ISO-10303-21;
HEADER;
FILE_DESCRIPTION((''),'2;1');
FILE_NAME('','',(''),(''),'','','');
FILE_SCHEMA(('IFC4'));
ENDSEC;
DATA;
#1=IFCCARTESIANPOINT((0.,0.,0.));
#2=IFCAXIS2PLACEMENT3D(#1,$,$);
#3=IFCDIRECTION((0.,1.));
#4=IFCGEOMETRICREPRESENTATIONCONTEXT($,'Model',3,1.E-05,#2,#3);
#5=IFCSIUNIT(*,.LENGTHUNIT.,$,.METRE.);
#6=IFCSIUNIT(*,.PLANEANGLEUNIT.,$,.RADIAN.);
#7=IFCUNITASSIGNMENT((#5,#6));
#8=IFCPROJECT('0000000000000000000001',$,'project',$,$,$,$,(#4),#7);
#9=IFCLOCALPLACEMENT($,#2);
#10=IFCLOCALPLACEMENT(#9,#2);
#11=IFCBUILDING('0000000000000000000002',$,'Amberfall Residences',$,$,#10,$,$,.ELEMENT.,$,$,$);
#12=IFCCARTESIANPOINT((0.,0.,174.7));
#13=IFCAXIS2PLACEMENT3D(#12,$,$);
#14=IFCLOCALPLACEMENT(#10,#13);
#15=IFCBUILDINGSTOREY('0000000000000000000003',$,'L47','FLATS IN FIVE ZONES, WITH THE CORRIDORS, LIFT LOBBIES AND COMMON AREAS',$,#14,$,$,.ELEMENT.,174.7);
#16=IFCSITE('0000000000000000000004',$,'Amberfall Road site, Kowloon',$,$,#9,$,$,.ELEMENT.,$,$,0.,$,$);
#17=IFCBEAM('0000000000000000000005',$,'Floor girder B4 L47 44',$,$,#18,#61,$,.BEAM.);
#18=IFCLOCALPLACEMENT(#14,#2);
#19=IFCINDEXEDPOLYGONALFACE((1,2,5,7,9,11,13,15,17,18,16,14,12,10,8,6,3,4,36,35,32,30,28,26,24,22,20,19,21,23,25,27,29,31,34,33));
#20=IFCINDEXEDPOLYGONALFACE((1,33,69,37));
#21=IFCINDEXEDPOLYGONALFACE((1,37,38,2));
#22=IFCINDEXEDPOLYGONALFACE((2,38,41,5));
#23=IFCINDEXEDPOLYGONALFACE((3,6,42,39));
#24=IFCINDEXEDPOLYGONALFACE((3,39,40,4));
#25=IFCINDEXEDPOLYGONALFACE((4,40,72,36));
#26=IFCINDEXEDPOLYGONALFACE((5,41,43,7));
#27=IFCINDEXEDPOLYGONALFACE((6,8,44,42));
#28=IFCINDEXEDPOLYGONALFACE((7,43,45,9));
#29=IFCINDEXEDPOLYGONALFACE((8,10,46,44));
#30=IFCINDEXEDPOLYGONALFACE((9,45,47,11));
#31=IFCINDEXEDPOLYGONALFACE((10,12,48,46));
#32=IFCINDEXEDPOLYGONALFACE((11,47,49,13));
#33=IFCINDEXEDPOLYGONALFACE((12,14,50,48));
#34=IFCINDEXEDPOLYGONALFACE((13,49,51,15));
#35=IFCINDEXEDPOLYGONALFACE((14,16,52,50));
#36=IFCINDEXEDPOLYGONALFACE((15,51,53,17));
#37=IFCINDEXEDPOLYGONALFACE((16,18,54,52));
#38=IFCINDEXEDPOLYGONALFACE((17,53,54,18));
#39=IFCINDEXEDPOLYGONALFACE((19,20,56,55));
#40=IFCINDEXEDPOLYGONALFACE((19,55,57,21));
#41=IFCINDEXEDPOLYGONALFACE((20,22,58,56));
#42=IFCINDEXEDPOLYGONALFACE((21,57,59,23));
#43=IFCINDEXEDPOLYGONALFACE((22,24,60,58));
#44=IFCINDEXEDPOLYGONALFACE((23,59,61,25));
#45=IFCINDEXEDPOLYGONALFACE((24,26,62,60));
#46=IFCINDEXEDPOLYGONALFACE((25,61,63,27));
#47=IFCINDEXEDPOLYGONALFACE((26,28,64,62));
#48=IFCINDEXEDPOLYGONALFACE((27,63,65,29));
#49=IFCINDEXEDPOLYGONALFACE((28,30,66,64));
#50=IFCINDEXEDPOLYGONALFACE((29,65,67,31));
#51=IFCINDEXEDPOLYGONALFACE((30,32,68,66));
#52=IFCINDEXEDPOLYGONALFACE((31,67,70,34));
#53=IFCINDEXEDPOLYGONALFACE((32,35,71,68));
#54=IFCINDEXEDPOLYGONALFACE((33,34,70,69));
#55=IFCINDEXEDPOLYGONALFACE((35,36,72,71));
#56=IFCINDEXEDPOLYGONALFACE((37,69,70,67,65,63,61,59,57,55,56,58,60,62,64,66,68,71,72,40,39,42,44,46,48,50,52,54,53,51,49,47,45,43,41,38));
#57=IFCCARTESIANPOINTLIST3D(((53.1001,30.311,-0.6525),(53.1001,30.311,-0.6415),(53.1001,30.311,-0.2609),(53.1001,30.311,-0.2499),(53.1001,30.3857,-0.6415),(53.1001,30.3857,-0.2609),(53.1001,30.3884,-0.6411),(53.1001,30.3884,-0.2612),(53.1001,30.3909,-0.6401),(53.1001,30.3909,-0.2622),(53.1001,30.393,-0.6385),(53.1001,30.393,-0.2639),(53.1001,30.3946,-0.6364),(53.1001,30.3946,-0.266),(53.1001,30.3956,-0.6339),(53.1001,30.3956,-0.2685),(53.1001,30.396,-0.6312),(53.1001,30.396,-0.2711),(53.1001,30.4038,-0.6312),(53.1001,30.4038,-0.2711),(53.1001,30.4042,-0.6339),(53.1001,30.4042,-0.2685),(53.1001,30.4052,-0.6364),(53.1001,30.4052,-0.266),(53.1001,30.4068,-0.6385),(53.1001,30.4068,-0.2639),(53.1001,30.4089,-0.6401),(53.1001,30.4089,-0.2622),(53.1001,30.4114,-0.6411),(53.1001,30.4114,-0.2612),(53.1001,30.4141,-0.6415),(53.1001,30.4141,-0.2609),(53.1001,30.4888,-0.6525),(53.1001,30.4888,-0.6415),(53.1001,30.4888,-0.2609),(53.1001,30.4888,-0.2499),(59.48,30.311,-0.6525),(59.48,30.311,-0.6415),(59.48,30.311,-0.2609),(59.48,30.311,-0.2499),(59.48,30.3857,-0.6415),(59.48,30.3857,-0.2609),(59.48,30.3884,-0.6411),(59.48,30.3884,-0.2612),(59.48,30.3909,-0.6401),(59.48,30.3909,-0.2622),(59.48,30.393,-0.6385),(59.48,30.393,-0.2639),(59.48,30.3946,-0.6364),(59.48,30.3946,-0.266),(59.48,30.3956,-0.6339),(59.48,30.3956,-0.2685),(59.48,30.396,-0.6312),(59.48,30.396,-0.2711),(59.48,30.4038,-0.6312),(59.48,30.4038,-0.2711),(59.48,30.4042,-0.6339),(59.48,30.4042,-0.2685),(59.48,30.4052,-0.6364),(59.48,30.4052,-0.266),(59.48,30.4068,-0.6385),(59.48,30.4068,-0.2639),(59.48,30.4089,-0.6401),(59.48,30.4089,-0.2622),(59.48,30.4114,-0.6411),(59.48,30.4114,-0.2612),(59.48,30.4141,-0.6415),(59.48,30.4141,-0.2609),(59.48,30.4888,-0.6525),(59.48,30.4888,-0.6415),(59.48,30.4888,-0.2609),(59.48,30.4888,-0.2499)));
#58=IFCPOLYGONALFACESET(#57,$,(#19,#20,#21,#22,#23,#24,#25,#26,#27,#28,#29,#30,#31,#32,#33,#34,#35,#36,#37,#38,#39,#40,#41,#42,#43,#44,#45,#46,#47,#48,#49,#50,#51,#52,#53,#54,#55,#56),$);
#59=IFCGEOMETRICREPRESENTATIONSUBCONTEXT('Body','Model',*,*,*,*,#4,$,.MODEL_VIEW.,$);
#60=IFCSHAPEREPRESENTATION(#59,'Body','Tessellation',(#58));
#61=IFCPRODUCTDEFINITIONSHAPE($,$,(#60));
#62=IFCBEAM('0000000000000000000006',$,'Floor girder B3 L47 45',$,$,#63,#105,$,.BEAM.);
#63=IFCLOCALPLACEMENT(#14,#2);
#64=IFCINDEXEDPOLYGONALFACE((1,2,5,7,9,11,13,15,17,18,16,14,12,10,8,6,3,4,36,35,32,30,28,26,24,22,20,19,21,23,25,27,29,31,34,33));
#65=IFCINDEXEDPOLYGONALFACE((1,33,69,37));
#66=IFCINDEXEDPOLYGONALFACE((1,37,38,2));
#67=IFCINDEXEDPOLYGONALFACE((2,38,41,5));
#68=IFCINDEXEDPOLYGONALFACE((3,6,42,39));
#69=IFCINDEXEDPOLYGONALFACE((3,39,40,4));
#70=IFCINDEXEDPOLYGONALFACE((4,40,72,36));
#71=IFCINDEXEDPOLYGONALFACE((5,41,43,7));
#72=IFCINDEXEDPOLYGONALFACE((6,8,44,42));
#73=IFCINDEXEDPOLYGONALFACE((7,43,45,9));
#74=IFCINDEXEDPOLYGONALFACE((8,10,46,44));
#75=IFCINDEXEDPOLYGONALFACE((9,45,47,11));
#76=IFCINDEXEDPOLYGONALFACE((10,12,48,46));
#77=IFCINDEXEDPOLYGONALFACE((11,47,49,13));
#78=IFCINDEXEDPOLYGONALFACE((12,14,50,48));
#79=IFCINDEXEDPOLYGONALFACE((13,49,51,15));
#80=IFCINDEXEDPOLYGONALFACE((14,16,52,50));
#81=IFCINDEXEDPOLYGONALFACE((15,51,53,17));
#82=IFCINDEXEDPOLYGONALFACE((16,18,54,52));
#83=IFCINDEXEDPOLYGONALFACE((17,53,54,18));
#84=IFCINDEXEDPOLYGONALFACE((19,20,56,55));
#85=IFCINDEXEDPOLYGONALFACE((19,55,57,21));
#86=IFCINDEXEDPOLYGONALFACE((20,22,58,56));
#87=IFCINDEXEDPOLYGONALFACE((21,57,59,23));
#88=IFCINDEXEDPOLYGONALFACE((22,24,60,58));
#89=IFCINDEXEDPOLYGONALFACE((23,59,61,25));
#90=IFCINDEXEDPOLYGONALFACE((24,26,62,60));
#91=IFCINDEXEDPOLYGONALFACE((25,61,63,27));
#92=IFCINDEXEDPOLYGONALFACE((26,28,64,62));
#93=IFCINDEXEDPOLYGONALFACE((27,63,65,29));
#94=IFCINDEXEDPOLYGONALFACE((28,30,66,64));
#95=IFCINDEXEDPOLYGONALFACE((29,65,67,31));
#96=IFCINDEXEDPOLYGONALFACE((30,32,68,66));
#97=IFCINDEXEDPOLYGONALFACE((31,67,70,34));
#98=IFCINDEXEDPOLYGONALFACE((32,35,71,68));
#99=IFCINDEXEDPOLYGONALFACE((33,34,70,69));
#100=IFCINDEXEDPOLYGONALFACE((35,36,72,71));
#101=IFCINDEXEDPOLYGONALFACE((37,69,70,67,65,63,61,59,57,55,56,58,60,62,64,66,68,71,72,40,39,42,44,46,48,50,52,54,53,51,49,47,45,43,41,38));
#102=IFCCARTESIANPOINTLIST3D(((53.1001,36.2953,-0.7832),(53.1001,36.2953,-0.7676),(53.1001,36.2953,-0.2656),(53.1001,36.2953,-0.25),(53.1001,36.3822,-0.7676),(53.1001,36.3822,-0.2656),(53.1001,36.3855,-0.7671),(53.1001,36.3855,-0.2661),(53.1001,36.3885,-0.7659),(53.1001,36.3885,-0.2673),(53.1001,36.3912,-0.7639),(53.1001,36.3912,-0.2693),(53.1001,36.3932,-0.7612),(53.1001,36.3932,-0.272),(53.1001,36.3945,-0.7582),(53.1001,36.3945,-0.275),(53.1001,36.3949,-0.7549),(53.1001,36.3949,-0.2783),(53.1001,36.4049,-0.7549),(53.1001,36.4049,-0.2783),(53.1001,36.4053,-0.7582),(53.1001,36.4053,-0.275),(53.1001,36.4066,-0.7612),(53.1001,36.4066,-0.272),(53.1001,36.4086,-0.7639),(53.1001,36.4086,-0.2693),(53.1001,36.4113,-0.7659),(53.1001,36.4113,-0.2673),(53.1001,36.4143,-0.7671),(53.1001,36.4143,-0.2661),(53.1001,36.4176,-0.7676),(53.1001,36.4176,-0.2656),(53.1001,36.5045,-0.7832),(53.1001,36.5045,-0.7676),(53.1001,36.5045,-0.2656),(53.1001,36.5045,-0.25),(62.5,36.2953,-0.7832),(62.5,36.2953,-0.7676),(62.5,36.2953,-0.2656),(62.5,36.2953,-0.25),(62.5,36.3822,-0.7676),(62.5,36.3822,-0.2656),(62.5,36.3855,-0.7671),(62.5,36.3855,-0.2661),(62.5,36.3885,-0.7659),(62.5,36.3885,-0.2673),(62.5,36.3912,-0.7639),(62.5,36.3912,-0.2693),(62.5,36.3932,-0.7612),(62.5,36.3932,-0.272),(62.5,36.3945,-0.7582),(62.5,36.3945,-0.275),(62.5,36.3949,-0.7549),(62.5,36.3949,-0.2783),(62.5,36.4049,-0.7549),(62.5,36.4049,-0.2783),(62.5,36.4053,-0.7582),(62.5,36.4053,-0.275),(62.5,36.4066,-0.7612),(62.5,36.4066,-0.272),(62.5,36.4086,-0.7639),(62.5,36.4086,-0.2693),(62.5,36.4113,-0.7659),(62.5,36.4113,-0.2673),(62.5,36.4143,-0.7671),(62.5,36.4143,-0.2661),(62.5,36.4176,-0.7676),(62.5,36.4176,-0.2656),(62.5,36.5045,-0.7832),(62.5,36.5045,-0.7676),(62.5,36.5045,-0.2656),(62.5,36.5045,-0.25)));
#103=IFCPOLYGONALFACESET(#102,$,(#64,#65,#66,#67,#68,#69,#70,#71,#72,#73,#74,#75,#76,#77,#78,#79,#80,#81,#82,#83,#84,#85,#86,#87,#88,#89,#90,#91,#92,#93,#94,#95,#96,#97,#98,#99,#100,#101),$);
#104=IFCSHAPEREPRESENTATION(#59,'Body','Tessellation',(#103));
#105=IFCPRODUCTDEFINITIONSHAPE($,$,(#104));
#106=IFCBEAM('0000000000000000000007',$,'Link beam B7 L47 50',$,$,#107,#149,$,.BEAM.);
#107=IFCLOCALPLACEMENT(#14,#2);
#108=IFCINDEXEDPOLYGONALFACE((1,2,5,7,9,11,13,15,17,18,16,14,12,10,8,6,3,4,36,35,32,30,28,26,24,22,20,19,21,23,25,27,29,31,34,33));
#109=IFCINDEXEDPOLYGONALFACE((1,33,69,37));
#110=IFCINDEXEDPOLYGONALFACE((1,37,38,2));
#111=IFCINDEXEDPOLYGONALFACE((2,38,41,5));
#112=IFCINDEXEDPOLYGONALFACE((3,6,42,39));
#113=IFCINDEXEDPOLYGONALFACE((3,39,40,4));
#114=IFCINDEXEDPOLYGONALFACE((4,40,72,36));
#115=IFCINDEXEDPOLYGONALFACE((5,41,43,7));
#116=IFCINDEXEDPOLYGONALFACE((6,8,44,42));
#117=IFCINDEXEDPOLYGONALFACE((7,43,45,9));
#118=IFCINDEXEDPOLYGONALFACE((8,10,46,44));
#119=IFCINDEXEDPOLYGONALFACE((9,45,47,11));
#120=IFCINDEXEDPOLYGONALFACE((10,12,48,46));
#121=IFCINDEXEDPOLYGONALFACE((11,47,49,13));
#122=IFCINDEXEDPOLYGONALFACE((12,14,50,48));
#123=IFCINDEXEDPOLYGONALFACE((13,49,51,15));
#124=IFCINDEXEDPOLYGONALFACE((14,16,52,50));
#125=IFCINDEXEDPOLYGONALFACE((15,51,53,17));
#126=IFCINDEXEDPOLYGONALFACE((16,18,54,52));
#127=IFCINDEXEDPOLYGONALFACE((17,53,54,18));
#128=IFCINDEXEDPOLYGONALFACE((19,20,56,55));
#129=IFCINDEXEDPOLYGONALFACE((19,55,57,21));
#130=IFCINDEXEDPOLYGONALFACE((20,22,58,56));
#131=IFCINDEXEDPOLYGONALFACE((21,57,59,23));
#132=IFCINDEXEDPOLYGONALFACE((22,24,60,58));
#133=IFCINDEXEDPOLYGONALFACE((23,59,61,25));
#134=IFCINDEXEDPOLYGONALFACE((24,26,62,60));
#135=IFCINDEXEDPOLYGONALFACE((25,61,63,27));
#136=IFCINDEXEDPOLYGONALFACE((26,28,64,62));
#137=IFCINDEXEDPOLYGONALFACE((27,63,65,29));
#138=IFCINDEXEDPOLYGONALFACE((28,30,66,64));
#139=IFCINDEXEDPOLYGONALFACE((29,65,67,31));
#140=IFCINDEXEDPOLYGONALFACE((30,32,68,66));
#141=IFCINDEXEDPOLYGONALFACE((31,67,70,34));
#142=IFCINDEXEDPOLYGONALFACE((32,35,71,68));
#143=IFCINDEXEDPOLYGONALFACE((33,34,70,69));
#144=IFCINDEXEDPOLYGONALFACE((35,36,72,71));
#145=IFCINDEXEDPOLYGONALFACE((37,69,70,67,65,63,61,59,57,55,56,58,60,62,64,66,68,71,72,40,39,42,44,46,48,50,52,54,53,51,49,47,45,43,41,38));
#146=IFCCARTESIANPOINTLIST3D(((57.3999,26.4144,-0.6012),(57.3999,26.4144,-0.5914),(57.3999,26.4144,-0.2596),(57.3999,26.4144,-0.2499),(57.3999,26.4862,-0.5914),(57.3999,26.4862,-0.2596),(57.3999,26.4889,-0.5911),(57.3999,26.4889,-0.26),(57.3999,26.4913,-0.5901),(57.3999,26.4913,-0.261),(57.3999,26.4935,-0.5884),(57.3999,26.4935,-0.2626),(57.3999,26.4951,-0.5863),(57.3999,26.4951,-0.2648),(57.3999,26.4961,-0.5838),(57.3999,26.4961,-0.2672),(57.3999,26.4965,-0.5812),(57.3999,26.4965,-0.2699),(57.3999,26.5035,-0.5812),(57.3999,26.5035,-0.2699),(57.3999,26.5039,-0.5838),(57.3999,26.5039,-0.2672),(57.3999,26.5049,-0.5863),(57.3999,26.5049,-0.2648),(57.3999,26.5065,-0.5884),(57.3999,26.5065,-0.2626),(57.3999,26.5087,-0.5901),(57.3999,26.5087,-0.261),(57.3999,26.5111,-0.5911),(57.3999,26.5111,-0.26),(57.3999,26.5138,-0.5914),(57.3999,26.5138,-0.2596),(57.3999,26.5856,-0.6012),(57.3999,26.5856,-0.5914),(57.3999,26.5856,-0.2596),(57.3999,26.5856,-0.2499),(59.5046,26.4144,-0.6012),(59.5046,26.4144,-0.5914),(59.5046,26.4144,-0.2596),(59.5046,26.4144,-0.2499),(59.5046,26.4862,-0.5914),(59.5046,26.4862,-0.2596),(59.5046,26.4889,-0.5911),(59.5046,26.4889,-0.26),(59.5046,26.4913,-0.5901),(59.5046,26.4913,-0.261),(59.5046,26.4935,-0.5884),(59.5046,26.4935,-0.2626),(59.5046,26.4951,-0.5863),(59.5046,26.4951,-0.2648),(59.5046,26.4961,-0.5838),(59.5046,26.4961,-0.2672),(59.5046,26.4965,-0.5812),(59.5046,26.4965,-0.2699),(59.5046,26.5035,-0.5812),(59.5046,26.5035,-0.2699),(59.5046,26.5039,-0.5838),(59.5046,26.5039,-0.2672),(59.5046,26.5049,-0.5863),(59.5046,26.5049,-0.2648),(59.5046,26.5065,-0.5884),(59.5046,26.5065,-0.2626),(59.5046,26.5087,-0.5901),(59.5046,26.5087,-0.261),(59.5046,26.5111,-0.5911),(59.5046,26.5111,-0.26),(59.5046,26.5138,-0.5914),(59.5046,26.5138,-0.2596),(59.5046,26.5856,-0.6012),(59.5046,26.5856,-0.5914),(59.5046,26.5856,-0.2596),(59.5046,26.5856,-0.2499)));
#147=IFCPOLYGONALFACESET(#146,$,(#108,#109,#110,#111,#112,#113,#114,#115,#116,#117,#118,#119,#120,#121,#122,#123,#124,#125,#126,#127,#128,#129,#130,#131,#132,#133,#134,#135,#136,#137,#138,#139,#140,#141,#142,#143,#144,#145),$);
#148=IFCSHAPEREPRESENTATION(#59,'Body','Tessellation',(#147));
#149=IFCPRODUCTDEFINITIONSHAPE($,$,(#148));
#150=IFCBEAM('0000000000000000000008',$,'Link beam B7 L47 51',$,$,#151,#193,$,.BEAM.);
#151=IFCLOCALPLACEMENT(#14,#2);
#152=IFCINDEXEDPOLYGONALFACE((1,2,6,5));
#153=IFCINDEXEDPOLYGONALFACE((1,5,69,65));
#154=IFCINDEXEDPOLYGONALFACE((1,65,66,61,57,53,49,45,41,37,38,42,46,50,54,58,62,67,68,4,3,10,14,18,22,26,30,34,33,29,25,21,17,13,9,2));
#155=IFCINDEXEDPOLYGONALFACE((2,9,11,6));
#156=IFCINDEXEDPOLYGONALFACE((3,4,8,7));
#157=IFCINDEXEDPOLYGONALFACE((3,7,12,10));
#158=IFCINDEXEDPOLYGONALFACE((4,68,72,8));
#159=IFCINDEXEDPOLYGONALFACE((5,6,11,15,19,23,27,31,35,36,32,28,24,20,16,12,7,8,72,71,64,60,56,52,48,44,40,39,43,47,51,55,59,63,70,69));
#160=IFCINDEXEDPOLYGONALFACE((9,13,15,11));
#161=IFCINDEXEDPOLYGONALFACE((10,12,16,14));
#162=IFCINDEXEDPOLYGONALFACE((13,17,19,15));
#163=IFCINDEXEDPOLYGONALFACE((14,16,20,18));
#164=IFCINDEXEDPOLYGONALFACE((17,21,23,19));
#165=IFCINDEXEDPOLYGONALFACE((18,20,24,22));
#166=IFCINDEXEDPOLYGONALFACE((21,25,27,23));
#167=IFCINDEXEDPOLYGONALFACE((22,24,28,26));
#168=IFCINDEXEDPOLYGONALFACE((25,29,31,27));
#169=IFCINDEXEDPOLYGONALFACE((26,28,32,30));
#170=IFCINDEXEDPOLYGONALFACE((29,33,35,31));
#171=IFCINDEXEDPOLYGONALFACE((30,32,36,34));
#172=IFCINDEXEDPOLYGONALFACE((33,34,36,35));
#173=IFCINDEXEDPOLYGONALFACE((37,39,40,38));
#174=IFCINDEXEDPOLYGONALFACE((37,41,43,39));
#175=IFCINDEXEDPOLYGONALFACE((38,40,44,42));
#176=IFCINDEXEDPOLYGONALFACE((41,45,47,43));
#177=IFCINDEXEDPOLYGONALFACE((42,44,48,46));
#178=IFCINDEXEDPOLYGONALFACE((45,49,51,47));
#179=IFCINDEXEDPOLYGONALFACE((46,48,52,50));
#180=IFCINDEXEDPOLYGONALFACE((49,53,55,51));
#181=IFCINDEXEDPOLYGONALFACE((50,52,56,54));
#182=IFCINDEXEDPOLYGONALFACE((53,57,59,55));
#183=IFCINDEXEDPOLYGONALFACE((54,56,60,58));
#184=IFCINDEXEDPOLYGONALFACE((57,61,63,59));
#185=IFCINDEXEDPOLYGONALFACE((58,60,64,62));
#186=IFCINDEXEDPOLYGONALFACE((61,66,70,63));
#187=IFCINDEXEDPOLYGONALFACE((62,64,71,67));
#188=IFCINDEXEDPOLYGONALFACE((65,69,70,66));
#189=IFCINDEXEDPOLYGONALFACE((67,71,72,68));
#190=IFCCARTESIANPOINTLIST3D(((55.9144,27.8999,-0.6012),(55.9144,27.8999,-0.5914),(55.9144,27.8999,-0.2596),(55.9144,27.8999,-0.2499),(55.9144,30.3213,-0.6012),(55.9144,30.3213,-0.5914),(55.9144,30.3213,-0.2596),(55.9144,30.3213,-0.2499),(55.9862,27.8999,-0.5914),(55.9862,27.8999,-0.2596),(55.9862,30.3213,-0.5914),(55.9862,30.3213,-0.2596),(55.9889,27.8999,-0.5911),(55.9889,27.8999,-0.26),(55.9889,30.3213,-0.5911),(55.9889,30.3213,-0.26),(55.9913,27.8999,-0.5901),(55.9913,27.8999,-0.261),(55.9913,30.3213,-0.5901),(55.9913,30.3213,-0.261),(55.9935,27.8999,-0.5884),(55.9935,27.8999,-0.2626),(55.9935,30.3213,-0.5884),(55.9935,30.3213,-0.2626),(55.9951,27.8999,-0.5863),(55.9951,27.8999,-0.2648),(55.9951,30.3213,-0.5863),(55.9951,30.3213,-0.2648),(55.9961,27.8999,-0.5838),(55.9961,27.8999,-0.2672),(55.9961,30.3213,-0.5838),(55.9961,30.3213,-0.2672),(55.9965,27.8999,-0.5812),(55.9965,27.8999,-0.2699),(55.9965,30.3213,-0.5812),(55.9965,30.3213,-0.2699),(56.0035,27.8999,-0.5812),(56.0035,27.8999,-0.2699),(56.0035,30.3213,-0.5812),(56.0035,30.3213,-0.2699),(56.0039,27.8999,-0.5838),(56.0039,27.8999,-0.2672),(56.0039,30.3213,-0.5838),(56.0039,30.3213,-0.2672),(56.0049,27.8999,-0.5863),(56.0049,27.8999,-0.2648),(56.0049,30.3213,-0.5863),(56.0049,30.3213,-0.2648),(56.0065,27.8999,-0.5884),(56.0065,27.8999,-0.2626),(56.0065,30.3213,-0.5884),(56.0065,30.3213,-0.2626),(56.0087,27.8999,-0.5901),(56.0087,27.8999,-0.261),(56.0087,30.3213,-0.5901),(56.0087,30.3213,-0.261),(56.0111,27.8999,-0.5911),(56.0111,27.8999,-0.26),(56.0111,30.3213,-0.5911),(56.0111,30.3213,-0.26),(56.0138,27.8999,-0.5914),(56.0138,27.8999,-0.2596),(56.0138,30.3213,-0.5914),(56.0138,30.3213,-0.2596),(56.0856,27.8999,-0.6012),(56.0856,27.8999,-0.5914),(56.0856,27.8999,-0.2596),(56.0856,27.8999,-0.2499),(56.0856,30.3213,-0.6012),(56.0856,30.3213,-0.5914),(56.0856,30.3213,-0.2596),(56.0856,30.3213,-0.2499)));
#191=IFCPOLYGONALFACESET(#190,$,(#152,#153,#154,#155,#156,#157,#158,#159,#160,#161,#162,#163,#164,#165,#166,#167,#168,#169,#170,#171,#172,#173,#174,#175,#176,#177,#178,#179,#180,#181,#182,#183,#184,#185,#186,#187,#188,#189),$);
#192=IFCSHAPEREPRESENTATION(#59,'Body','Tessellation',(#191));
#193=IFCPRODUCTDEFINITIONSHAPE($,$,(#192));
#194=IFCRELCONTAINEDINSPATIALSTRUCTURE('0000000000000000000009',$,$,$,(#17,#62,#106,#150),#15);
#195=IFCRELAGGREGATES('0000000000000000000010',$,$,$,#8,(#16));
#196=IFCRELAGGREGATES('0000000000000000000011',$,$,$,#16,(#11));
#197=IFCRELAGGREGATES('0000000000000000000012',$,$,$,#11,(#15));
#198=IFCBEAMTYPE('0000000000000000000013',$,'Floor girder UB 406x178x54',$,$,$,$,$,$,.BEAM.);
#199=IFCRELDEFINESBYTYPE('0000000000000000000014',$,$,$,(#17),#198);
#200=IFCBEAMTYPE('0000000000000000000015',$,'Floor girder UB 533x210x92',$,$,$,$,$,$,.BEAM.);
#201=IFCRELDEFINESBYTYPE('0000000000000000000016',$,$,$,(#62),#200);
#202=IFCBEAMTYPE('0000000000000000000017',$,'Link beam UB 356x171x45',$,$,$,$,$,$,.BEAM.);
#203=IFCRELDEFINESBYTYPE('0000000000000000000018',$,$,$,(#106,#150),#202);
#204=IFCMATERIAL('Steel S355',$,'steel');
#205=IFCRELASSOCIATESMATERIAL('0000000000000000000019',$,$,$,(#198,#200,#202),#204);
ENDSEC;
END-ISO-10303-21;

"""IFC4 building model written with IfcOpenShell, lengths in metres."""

from ifc_helpers import new_model, si_unit, direction, frame, origin, origin_2d, place, context, subcontext, project, spatial, i_section, extrude, material, material_profile, profile_set, type_object, element, save


model = new_model("IFC4")

# Units and contexts
model_context = context("Model", 3, precision=1e-05, world=origin(), true_north=direction((0.0, 1.0)))
body_context = subcontext(model_context, "Body", "Model", "MODEL_VIEW")
ifc_project = project(units=[si_unit("LENGTHUNIT", "METRE"), si_unit("PLANEANGLEUNIT", "RADIAN")], contexts=[model_context])

# Site, building, storey
site_placement = place(None, origin())
site = spatial("IfcSite", under=ifc_project, at=site_placement, Name="Amberfall Road site, Kowloon", CompositionType="ELEMENT", RefElevation=0.0)
building_placement = place(site_placement, origin())
building = spatial("IfcBuilding", under=site, at=building_placement, Name="Amberfall Residences", CompositionType="ELEMENT")
storey_placement = place(building_placement, frame((0.0, 0.0, 174.7)))
storey = spatial("IfcBuildingStorey", under=building, at=storey_placement, Name="L47", Description="FLATS IN FIVE ZONES, WITH THE CORRIDORS, LIFT LOBBIES AND COMMON AREAS", CompositionType="ELEMENT", Elevation=174.7)

# Beams
ifc_material_1 = material(Name="Steel S355", Category="steel")
ifc_material_profile_1 = material_profile(ifc_material_1, i_section(OverallWidth=0.1777, OverallDepth=0.4026, WebThickness=0.0078, FlangeThickness=0.011, FilletRadius=0.0103, at=origin_2d()), Name="UB 406x178x54")
ifc_profile_set_1 = profile_set([ifc_material_profile_1], Name="Steel S355")
beam_type_1 = type_object("IfcBeamType", Name="Floor girder UB 406x178x54", PredefinedType="BEAM", material=ifc_profile_set_1)
beam_1_placement = place(storey_placement, frame((53.1001, 30.3999, -0.4512), z_axis=(1.0, 0.0, 0.0), x_axis=(0.0, 1.0, 0.0)))
element("IfcBeam", 1, at=beam_1_placement, inside=storey, type_object=beam_type_1, Name="Floor girder B4 L47 44", PredefinedType="BEAM", context=body_context, shape_type="SweptSolid", body=[
    extrude(i_section(OverallWidth=0.1777, OverallDepth=0.4026, WebThickness=0.0078, FlangeThickness=0.011, FilletRadius=0.0103, at=origin_2d()), origin(), (0.0, 0.0, 1.0), 6.3799),
])
ifc_material_profile_2 = material_profile(ifc_material_1, i_section(OverallWidth=0.2092, OverallDepth=0.5332, WebThickness=0.01, FlangeThickness=0.0156, FilletRadius=0.0127, at=origin_2d()), Name="UB 533x210x92")
ifc_profile_set_2 = profile_set([ifc_material_profile_2], Name="Steel S355")
beam_type_2 = type_object("IfcBeamType", Name="Floor girder UB 533x210x92", PredefinedType="BEAM", material=ifc_profile_set_2)
beam_2_placement = place(storey_placement, frame((53.1001, 36.3999, -0.5166), z_axis=(1.0, 0.0, 0.0), x_axis=(0.0, 1.0, 0.0)))
element("IfcBeam", 2, at=beam_2_placement, inside=storey, type_object=beam_type_2, Name="Floor girder B3 L47 45", PredefinedType="BEAM", context=body_context, shape_type="SweptSolid", body=[
    extrude(i_section(OverallWidth=0.2092, OverallDepth=0.5332, WebThickness=0.01, FlangeThickness=0.0156, FilletRadius=0.0127, at=origin_2d()), origin(), (0.0, 0.0, 1.0), 9.3999),
])
ifc_material_profile_3 = material_profile(ifc_material_1, i_section(OverallWidth=0.1711, OverallDepth=0.3513, WebThickness=0.0071, FlangeThickness=0.0098, FilletRadius=0.0103, at=origin_2d()), Name="UB 356x171x45")
ifc_profile_set_3 = profile_set([ifc_material_profile_3], Name="Steel S355")
beam_type_3 = type_object("IfcBeamType", Name="Link beam UB 356x171x45", PredefinedType="BEAM", material=ifc_profile_set_3)
beam_3_placement = place(storey_placement, frame((57.3999, 26.5, -0.4255), z_axis=(1.0, 0.0, 0.0), x_axis=(0.0, 1.0, 0.0)))
element("IfcBeam", 3, at=beam_3_placement, inside=storey, type_object=beam_type_3, Name="Link beam B7 L47 50", PredefinedType="BEAM", context=body_context, shape_type="SweptSolid", body=[
    extrude(i_section(OverallWidth=0.1711, OverallDepth=0.3513, WebThickness=0.0071, FlangeThickness=0.0098, FilletRadius=0.0103, at=origin_2d()), origin(), (0.0, 0.0, 1.0), 2.1047),
])
beam_4_placement = place(storey_placement, frame((56.0, 27.8999, -0.4255), z_axis=(0.0, 1.0, 0.0), x_axis=(-1.0, 0.0, 0.0)))
element("IfcBeam", 4, at=beam_4_placement, inside=storey, type_object=beam_type_3, Name="Link beam B7 L47 51", PredefinedType="BEAM", context=body_context, shape_type="SweptSolid", body=[
    extrude(i_section(OverallWidth=0.1711, OverallDepth=0.3513, WebThickness=0.0071, FlangeThickness=0.0098, FilletRadius=0.0103, at=origin_2d()), origin(), (0.0, 0.0, 1.0), 2.4214),
])

save(model, "model.ifc")
